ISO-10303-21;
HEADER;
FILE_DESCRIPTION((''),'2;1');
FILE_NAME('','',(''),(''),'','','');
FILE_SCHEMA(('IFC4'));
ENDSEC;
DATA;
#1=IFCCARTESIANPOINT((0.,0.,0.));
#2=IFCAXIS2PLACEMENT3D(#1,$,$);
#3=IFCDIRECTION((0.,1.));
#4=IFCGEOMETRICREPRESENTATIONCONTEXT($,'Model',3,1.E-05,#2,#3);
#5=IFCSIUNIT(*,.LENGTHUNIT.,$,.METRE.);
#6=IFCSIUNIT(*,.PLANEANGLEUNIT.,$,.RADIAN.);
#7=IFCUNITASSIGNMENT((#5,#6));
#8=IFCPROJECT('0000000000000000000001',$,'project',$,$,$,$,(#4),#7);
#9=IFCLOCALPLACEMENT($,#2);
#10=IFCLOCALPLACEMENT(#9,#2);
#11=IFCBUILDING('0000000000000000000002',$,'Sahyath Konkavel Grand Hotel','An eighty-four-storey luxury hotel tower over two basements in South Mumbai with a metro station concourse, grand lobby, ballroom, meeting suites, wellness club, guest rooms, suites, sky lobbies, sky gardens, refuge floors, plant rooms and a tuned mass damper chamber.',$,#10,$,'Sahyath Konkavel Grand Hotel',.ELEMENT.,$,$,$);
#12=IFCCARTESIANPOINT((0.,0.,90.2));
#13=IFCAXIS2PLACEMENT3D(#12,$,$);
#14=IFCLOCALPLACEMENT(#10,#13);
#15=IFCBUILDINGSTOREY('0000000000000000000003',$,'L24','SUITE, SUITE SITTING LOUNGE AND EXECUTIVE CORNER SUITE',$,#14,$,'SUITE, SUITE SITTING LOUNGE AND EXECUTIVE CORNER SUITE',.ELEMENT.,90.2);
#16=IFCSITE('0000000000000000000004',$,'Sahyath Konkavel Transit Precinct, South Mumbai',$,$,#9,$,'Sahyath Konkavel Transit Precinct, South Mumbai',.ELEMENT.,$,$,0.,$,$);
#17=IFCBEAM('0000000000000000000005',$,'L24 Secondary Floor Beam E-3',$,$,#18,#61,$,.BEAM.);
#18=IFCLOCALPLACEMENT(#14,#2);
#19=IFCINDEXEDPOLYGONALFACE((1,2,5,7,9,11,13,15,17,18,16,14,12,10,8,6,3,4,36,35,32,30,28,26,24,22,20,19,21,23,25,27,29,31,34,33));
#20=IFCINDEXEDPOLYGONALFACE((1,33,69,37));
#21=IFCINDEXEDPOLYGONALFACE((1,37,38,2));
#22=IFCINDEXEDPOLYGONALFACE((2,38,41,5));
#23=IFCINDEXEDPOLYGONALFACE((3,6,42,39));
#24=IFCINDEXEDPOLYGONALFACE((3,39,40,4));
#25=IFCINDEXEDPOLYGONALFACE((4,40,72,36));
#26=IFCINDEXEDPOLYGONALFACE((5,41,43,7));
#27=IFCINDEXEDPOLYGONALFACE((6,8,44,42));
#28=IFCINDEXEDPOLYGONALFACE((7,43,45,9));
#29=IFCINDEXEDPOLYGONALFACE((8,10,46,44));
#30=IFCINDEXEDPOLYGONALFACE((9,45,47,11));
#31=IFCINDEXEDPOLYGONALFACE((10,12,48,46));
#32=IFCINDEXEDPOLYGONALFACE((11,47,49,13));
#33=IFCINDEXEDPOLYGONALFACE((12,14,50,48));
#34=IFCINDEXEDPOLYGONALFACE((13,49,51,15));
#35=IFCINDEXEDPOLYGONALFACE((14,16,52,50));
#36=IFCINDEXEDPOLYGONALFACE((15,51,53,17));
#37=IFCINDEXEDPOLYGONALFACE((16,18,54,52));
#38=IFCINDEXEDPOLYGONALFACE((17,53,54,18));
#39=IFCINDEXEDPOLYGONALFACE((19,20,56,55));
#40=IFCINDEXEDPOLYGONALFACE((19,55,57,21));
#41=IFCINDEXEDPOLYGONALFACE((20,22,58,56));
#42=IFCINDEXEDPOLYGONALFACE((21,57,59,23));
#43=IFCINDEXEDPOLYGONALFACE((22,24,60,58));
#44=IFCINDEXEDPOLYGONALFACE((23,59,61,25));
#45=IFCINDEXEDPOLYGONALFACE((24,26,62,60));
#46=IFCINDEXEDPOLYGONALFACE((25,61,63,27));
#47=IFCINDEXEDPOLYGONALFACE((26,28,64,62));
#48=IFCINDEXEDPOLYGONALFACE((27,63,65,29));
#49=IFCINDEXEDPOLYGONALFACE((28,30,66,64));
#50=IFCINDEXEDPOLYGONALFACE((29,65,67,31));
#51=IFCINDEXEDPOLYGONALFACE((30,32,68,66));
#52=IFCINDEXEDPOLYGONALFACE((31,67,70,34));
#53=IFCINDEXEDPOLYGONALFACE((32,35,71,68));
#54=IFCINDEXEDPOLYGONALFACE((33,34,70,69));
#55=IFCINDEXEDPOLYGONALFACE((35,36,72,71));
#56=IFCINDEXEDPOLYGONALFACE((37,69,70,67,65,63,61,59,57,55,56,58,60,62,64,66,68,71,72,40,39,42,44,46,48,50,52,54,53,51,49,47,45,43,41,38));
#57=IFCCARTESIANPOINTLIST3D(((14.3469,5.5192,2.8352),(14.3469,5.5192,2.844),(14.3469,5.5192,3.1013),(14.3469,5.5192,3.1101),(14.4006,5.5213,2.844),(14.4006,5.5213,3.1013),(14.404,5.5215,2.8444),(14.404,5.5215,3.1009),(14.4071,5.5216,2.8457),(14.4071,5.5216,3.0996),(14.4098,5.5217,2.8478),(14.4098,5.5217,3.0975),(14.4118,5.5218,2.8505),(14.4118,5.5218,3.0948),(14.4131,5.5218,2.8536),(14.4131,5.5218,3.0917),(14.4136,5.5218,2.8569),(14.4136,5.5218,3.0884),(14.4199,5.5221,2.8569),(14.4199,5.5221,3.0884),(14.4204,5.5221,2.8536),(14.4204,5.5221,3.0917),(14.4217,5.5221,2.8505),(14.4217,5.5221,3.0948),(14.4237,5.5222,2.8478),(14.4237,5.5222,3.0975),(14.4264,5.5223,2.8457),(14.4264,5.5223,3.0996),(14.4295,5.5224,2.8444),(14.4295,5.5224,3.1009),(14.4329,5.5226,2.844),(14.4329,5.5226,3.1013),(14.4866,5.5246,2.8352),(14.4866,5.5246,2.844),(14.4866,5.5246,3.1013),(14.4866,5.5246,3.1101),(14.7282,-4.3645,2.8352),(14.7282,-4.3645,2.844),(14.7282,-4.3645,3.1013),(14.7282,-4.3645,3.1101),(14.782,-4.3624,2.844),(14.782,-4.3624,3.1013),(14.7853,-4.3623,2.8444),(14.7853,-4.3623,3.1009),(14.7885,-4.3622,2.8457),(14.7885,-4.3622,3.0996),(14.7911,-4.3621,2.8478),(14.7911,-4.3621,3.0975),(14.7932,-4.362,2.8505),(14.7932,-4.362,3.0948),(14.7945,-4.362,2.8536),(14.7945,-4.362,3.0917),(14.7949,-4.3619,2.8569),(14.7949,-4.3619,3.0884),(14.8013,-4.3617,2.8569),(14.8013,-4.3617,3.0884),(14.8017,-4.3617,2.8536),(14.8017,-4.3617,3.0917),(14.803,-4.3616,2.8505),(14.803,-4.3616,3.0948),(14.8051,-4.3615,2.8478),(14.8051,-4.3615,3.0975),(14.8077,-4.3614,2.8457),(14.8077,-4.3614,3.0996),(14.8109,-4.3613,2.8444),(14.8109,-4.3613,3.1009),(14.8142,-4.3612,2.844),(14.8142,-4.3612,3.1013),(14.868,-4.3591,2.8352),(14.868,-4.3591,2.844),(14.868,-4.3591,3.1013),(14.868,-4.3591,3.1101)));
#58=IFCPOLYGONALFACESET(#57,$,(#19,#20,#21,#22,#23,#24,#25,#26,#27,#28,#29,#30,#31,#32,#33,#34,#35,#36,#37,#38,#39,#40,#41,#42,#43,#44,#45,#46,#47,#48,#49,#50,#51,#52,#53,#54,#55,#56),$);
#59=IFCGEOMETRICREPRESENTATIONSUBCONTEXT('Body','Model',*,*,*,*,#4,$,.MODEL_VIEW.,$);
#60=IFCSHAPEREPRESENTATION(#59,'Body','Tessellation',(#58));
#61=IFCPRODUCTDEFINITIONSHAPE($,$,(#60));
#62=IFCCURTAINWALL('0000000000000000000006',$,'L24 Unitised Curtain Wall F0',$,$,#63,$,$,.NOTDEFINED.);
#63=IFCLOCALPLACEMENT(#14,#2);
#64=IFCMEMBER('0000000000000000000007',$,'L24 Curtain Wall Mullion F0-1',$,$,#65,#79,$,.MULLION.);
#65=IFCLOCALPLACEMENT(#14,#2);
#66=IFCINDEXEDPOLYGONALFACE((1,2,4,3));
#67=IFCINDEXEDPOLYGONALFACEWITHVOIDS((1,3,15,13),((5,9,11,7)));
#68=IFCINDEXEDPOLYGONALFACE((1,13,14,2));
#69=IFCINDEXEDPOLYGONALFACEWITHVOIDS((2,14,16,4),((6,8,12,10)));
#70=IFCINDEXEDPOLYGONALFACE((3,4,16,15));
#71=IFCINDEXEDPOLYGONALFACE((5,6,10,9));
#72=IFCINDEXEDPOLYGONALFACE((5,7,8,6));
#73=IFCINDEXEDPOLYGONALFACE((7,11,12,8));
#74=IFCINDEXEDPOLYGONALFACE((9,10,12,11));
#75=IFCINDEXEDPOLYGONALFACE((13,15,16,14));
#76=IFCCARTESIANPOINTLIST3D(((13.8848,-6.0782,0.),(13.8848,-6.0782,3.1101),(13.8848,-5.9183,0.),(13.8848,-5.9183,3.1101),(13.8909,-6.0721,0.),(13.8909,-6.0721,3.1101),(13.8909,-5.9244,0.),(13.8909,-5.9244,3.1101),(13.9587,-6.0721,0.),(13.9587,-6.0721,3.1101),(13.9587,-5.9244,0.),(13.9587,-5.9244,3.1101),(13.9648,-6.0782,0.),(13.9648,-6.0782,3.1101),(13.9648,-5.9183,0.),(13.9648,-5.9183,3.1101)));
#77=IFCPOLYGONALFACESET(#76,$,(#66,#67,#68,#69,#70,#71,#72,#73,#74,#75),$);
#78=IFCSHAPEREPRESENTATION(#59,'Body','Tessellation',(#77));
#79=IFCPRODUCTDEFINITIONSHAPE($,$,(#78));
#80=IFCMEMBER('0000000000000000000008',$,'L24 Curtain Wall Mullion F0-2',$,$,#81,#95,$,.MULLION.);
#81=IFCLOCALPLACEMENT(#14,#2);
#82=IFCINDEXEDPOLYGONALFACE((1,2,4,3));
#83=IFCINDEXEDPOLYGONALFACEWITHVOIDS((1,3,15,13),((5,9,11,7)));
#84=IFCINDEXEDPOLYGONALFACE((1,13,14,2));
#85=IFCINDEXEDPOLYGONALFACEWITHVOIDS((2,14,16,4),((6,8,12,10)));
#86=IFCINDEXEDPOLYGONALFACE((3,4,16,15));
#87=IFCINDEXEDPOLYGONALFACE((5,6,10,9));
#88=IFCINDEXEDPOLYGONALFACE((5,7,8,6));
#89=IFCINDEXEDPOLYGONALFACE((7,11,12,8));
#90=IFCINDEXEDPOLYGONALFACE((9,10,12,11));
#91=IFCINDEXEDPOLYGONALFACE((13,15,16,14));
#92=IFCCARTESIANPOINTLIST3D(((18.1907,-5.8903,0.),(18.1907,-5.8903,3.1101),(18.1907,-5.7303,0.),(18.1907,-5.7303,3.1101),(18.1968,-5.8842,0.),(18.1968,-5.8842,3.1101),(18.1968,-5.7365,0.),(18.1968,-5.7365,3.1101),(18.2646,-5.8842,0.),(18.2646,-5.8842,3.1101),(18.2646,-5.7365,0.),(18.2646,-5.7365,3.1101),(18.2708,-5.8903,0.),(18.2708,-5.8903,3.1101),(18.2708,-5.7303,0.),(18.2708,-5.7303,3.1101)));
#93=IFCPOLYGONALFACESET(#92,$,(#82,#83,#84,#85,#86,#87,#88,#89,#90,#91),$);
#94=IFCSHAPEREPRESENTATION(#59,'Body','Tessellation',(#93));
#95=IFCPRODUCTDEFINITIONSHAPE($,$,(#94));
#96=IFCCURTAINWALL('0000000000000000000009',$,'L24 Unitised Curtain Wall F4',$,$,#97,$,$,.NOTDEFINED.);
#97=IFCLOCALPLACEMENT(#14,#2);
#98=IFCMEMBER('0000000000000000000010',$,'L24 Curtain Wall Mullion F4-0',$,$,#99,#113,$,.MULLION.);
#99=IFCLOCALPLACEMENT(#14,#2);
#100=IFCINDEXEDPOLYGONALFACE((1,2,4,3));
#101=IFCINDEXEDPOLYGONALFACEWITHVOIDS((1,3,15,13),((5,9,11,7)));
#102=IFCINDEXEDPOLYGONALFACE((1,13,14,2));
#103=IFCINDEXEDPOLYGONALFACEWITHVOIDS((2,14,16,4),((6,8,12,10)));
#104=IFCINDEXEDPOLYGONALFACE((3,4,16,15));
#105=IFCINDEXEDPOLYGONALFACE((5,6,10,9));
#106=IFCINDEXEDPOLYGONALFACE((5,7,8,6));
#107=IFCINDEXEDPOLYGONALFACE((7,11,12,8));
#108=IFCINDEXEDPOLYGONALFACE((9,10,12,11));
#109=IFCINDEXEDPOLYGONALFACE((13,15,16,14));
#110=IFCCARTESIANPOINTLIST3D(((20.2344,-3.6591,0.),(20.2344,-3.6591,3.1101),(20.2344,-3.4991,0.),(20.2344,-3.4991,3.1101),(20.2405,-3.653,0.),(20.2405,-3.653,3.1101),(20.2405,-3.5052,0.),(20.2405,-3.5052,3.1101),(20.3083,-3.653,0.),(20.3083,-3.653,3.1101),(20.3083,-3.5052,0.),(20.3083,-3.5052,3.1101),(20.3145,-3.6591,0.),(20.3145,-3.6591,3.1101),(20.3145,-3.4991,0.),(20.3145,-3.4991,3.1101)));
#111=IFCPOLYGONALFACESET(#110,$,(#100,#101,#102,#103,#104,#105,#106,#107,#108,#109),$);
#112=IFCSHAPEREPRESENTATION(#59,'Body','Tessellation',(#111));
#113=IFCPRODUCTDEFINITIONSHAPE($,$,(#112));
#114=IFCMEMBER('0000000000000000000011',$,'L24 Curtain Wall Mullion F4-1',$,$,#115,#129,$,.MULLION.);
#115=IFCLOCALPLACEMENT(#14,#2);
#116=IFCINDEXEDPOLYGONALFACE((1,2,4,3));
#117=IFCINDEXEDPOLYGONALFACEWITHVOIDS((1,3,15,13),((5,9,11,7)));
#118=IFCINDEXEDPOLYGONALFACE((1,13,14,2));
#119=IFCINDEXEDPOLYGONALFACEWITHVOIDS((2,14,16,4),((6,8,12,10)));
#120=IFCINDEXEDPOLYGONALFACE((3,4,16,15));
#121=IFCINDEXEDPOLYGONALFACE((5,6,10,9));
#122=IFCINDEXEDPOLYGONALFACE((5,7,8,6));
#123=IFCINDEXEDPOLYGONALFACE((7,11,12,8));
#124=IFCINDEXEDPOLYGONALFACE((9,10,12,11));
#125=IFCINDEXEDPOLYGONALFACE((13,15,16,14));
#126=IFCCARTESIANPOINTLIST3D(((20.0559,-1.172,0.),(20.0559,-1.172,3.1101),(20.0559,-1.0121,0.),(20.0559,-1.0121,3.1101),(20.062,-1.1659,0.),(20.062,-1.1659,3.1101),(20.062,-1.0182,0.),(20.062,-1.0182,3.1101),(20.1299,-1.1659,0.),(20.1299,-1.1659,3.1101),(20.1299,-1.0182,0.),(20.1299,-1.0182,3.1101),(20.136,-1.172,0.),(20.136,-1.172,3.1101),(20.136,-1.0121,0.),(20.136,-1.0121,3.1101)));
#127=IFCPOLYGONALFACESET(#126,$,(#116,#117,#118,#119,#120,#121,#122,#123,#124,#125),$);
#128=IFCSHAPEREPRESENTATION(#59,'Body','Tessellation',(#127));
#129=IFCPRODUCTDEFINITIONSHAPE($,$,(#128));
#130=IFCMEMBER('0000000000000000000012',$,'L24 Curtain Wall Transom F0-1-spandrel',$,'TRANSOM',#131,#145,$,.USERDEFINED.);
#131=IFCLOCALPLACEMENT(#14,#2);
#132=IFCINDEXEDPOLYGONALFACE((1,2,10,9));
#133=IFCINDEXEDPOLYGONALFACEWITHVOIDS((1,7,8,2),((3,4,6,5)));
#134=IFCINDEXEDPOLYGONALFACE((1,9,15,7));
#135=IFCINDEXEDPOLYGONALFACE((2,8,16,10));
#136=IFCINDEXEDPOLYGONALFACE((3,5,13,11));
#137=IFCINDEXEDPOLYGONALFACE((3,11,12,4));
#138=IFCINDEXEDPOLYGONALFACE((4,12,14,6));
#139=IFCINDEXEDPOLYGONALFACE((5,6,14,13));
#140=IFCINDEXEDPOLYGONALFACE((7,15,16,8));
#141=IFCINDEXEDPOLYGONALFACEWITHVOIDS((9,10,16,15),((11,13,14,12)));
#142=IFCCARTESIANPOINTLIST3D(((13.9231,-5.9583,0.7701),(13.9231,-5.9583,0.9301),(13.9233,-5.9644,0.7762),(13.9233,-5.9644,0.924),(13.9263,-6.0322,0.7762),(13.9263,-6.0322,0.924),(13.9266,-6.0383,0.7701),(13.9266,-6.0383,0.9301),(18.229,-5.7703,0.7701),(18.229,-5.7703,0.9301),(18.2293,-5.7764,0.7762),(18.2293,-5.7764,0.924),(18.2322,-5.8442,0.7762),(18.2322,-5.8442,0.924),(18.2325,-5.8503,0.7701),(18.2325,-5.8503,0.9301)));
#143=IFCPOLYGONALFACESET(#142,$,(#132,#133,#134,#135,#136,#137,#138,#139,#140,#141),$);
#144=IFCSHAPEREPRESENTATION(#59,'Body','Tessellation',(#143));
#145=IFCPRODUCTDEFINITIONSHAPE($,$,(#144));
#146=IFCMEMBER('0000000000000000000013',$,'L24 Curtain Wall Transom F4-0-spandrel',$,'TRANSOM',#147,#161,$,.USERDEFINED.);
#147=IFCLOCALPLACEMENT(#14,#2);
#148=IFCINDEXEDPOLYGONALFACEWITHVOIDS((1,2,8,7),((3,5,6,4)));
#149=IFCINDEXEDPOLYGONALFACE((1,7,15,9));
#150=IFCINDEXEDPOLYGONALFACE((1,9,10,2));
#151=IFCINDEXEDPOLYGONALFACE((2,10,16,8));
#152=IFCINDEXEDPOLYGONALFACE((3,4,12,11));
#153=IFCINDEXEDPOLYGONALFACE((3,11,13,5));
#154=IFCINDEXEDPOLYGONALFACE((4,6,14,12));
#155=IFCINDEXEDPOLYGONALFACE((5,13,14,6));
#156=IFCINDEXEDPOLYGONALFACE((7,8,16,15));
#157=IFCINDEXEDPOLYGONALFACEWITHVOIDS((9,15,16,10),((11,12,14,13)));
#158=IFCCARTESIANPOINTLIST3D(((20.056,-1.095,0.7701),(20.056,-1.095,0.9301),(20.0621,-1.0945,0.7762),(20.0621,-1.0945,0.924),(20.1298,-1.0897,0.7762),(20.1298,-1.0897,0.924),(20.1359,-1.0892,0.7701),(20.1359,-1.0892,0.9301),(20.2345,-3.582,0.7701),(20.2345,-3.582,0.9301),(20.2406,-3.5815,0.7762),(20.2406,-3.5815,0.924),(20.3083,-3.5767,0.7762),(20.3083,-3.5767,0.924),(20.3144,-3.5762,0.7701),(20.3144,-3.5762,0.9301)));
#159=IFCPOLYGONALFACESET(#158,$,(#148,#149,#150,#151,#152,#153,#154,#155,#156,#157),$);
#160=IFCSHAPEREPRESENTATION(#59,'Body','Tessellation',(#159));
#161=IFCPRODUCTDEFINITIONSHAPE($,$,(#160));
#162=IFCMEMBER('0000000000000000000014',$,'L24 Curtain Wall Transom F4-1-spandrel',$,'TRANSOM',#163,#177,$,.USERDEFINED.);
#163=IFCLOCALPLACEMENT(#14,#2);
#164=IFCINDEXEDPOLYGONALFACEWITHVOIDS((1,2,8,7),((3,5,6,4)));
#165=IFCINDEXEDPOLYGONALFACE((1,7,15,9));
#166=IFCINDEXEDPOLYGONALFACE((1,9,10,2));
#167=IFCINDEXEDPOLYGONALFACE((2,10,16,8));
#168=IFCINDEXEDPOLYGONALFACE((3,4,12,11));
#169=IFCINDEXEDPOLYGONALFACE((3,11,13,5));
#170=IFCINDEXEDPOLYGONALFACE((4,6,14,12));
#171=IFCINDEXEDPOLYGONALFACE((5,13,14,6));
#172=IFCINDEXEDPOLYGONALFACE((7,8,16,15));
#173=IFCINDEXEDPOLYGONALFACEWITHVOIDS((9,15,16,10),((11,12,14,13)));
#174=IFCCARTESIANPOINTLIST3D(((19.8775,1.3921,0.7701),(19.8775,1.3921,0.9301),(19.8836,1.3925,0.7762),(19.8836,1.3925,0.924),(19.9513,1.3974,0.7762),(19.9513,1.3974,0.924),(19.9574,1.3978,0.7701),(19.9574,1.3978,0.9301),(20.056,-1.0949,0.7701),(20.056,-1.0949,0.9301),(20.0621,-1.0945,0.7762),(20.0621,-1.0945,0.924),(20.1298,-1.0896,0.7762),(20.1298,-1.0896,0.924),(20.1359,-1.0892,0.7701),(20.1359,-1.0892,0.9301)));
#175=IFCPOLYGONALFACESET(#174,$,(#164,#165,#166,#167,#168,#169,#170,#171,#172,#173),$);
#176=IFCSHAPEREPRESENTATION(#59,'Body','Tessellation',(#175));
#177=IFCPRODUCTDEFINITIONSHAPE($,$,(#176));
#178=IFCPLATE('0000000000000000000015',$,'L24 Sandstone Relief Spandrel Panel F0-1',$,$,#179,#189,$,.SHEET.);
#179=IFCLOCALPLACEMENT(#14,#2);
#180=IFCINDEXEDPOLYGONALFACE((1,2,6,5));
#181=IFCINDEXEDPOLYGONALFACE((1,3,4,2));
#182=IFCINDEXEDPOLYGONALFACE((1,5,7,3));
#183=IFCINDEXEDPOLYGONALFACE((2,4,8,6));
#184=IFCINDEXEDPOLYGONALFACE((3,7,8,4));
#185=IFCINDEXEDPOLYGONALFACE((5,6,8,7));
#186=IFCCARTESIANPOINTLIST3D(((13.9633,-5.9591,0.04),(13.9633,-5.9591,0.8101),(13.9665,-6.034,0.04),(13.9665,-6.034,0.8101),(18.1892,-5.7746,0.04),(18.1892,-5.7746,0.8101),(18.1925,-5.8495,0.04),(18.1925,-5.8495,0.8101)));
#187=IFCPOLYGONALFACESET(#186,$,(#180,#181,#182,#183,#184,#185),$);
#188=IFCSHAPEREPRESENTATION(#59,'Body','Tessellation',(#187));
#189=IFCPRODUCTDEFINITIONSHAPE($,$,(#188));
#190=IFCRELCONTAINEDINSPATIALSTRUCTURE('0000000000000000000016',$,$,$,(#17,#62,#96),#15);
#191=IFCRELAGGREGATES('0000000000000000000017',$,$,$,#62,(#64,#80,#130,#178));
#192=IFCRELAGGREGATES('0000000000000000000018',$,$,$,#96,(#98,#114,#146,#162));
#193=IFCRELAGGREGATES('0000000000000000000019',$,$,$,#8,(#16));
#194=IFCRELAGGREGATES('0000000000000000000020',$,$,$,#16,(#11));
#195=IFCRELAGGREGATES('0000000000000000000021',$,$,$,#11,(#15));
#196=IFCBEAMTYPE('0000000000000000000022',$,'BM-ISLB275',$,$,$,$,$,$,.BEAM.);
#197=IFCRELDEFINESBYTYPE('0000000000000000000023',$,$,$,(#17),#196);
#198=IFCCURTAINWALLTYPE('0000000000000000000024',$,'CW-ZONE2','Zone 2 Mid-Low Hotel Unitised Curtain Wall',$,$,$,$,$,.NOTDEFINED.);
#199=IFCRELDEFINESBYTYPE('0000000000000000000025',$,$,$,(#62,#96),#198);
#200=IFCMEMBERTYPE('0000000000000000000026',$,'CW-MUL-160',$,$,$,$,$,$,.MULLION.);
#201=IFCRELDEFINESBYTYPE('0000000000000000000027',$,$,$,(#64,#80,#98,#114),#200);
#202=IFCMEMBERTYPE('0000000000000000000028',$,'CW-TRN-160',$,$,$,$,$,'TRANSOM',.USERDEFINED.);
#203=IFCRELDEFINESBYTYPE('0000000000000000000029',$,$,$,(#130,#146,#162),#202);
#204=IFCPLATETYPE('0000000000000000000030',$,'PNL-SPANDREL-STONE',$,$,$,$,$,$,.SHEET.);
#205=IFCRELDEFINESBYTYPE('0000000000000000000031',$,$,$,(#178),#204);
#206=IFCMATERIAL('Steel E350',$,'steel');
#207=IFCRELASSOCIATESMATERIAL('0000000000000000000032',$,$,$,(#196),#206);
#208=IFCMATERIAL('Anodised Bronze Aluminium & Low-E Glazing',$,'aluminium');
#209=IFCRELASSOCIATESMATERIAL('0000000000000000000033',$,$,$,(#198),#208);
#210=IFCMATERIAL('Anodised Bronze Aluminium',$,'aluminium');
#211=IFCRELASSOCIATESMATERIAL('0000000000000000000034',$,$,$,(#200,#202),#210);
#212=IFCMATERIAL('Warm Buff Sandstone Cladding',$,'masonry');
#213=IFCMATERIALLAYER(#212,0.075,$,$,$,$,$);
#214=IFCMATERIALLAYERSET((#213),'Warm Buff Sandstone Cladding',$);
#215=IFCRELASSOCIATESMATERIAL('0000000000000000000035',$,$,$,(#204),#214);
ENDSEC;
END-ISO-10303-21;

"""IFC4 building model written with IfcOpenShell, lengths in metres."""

from ifc_helpers import new_model, si_unit, direction, frame, origin, origin_2d, place, context, subcontext, project, spatial, rectangle, hollow_rectangle, i_section, extrude, source, transform, mapped, material, layer, layer_set, material_profile, profile_set, type_object, element, aggregate, save


model = new_model("IFC4")

# Units and contexts
model_context = context("Model", 3, precision=1e-05, world=origin(), true_north=direction((0.0, 1.0)))
body_context = subcontext(model_context, "Body", "Model", "MODEL_VIEW")
ifc_project = project(units=[si_unit("LENGTHUNIT", "METRE"), si_unit("PLANEANGLEUNIT", "RADIAN")], contexts=[model_context])

# Site, building, storey
site_placement = place(None, origin())
site = spatial("IfcSite", under=ifc_project, at=site_placement, Name="Sahyath Konkavel Transit Precinct, South Mumbai", LongName="Sahyath Konkavel Transit Precinct, South Mumbai", CompositionType="ELEMENT", RefElevation=0.0)
building_placement = place(site_placement, origin())
building = spatial("IfcBuilding", under=site, at=building_placement, Name="Sahyath Konkavel Grand Hotel", Description="An eighty-four-storey luxury hotel tower over two basements in South Mumbai with a metro station concourse, grand lobby, ballroom, meeting suites, wellness club, guest rooms, suites, sky lobbies, sky gardens, refuge floors, plant rooms and a tuned mass damper chamber.", LongName="Sahyath Konkavel Grand Hotel", CompositionType="ELEMENT")
storey_placement = place(building_placement, frame((0.0, 0.0, 90.2)))
storey = spatial("IfcBuildingStorey", under=building, at=storey_placement, Name="L24", Description="SUITE, SUITE SITTING LOUNGE AND EXECUTIVE CORNER SUITE", LongName="SUITE, SUITE SITTING LOUNGE AND EXECUTIVE CORNER SUITE", CompositionType="ELEMENT", Elevation=90.2)

# Beam
ifc_material_1 = material(Name="Steel E350", Category="steel")
ifc_material_profile_1 = material_profile(ifc_material_1, i_section(OverallWidth=0.1399, OverallDepth=0.2749, WebThickness=0.0063, FlangeThickness=0.0088, FilletRadius=0.0129, at=origin_2d()), Name="ISLB 275")
ifc_profile_set_1 = profile_set([ifc_material_profile_1], Name="Steel E350")
beam_type_1 = type_object("IfcBeamType", Name="BM-ISLB275", PredefinedType="BEAM", material=ifc_profile_set_1)
shared_shape_1 = source(origin(), body_context, "Body", "SweptSolid", [
    extrude(i_section(OverallWidth=0.1399, OverallDepth=0.2749, WebThickness=0.0063, FlangeThickness=0.0088, FilletRadius=0.0129, at=origin_2d()), origin(), (0.0, 0.0, 1.0), 9.8911),
])
beam_1_placement = place(storey_placement, frame((14.7981, -4.3618, 2.9727), z_axis=(-0.038554, 0.999257, 0.0), x_axis=(-0.999257, -0.038554, 0.0)))
element("IfcBeam", 1, at=beam_1_placement, inside=storey, type_object=beam_type_1, Name="L24 Secondary Floor Beam E-3", PredefinedType="BEAM", context=body_context, shape_type="MappedRepresentation", body=[
    mapped(shared_shape_1, transform((0.0, 0.0, 0.0), scale=1.0)),
])

# Curtain walls, members
ifc_material_2 = material(Name="Anodised Bronze Aluminium & Low-E Glazing", Category="aluminium")
curtain_wall_type = type_object("IfcCurtainWallType", Name="CW-ZONE2", Description="Zone 2 Mid-Low Hotel Unitised Curtain Wall", PredefinedType="NOTDEFINED", material=ifc_material_2)
curtain_wall_1_placement = place(storey_placement, origin())
curtain_wall_1 = element("IfcCurtainWall", 2, at=curtain_wall_1_placement, inside=storey, type_object=curtain_wall_type, Name="L24 Unitised Curtain Wall F0", PredefinedType="NOTDEFINED")
ifc_material_3 = material(Name="Anodised Bronze Aluminium", Category="aluminium")
ifc_material_profile_2 = material_profile(ifc_material_3, hollow_rectangle(XDim=0.0801, YDim=0.1599, WallThickness=0.0061, at=origin_2d()), Name="RHS 160x80x6")
ifc_profile_set_2 = profile_set([ifc_material_profile_2], Name="Anodised Bronze Aluminium")
member_type_1 = type_object("IfcMemberType", Name="CW-MUL-160", PredefinedType="MULLION", material=ifc_profile_set_2)
shared_shape_2 = source(origin(), body_context, "Body", "SweptSolid", [
    extrude(hollow_rectangle(XDim=0.0801, YDim=0.1599, WallThickness=0.0061, at=origin_2d()), origin(), (0.0, 0.0, 1.0), 3.1101),
])
member_1_placement = place(storey_placement, frame((13.9248, -5.9983, 0.0), z_axis=(0.0, 0.0, 1.0), x_axis=(1.0, 0.0, 0.0)))
member_1 = element("IfcMember", 3, at=member_1_placement, type_object=member_type_1, Name="L24 Curtain Wall Mullion F0-1", PredefinedType="MULLION", context=body_context, shape_type="MappedRepresentation", body=[
    mapped(shared_shape_2, transform((0.0, 0.0, 0.0), scale=1.0)),
])
member_2_placement = place(storey_placement, frame((18.2307, -5.8103, 0.0), z_axis=(0.0, 0.0, 1.0), x_axis=(1.0, 0.0, 0.0)))
member_2 = element("IfcMember", 4, at=member_2_placement, type_object=member_type_1, Name="L24 Curtain Wall Mullion F0-2", PredefinedType="MULLION", context=body_context, shape_type="MappedRepresentation", body=[
    mapped(shared_shape_2, transform((0.0, 0.0, 0.0), scale=1.0)),
])
curtain_wall_2_placement = place(storey_placement, origin())
curtain_wall_2 = element("IfcCurtainWall", 5, at=curtain_wall_2_placement, inside=storey, type_object=curtain_wall_type, Name="L24 Unitised Curtain Wall F4", PredefinedType="NOTDEFINED")
member_3_placement = place(storey_placement, frame((20.2744, -3.5791, 0.0), z_axis=(0.0, 0.0, 1.0), x_axis=(1.0, 0.0, 0.0)))
member_3 = element("IfcMember", 6, at=member_3_placement, type_object=member_type_1, Name="L24 Curtain Wall Mullion F4-0", PredefinedType="MULLION", context=body_context, shape_type="MappedRepresentation", body=[
    mapped(shared_shape_2, transform((0.0, 0.0, 0.0), scale=1.0)),
])
member_4_placement = place(storey_placement, frame((20.0959, -1.092, 0.0), z_axis=(0.0, 0.0, 1.0), x_axis=(1.0, 0.0, 0.0)))
member_4 = element("IfcMember", 7, at=member_4_placement, type_object=member_type_1, Name="L24 Curtain Wall Mullion F4-1", PredefinedType="MULLION", context=body_context, shape_type="MappedRepresentation", body=[
    mapped(shared_shape_2, transform((0.0, 0.0, 0.0), scale=1.0)),
])

# Members
ifc_material_profile_3 = material_profile(ifc_material_3, hollow_rectangle(XDim=0.0801, YDim=0.1599, WallThickness=0.0061, at=origin_2d()), Name="RHS 160x80x6")
ifc_profile_set_3 = profile_set([ifc_material_profile_3], Name="Anodised Bronze Aluminium")
member_type_2 = type_object("IfcMemberType", Name="CW-TRN-160", ElementType="TRANSOM", PredefinedType="USERDEFINED", material=ifc_profile_set_3)
shared_shape_3 = source(origin(), body_context, "Body", "SweptSolid", [
    extrude(hollow_rectangle(XDim=0.0801, YDim=0.1599, WallThickness=0.0061, at=origin_2d()), origin(), (0.0, 0.0, 1.0), 4.3101),
])
member_5_placement = place(storey_placement, frame((13.9248, -5.9983, 0.8501), z_axis=(0.999048, 0.043617, 0.0), x_axis=(-0.043617, 0.999048, 0.0)))
member_5 = element("IfcMember", 8, at=member_5_placement, type_object=member_type_2, Name="L24 Curtain Wall Transom F0-1-spandrel", ObjectType="TRANSOM", PredefinedType="USERDEFINED", context=body_context, shape_type="MappedRepresentation", body=[
    mapped(shared_shape_3, transform((0.0, 0.0, 0.0), scale=1.0)),
])
shared_shape_4 = source(origin(), body_context, "Body", "SweptSolid", [
    extrude(hollow_rectangle(XDim=0.0801, YDim=0.1599, WallThickness=0.0061, at=origin_2d()), origin(), (0.0, 0.0, 1.0), 2.4934),
])
member_6_placement = place(storey_placement, frame((20.2744, -3.5791, 0.8501), z_axis=(-0.071574, 0.997435, 0.0), x_axis=(-0.997435, -0.071574, 0.0)))
member_6 = element("IfcMember", 9, at=member_6_placement, type_object=member_type_2, Name="L24 Curtain Wall Transom F4-0-spandrel", ObjectType="TRANSOM", PredefinedType="USERDEFINED", context=body_context, shape_type="MappedRepresentation", body=[
    mapped(shared_shape_4, transform((0.0, 0.0, 0.0), scale=1.0)),
])
member_7_placement = place(storey_placement, frame((20.0959, -1.092, 0.8501), z_axis=(-0.071574, 0.997435, 0.0), x_axis=(-0.997435, -0.071574, 0.0)))
member_7 = element("IfcMember", 10, at=member_7_placement, type_object=member_type_2, Name="L24 Curtain Wall Transom F4-1-spandrel", ObjectType="TRANSOM", PredefinedType="USERDEFINED", context=body_context, shape_type="MappedRepresentation", body=[
    mapped(shared_shape_4, transform((0.0, 0.0, 0.0), scale=1.0)),
])

# Plate
ifc_material_4 = material(Name="Warm Buff Sandstone Cladding", Category="masonry")
ifc_layer_1 = layer(ifc_material_4, 0.075)
ifc_layer_set_1 = layer_set([ifc_layer_1], Name="Warm Buff Sandstone Cladding")
plate_type_1 = type_object("IfcPlateType", Name="PNL-SPANDREL-STONE", PredefinedType="SHEET", material=ifc_layer_set_1)
shared_shape_5 = source(origin(), body_context, "Body", "SweptSolid", [
    extrude(rectangle(XDim=4.23, YDim=0.075, at=origin_2d()), origin(), (0.0, 0.0, 1.0), 0.77),
])
plate_1_placement = place(storey_placement, frame((16.0779, -5.9043, 0.04), z_axis=(0.0, 0.0, 1.0), x_axis=(0.999049, 0.043602, 0.0)))
plate_1 = element("IfcPlate", 11, at=plate_1_placement, type_object=plate_type_1, Name="L24 Sandstone Relief Spandrel Panel F0-1", PredefinedType="SHEET", context=body_context, shape_type="MappedRepresentation", body=[
    mapped(shared_shape_5, transform((0.0, 0.0, 0.0), scale=1.0)),
])
aggregate(curtain_wall_1, [member_1, member_2, member_5, plate_1])
aggregate(curtain_wall_2, [member_3, member_4, member_6, member_7])

save(model, "model.ifc")
